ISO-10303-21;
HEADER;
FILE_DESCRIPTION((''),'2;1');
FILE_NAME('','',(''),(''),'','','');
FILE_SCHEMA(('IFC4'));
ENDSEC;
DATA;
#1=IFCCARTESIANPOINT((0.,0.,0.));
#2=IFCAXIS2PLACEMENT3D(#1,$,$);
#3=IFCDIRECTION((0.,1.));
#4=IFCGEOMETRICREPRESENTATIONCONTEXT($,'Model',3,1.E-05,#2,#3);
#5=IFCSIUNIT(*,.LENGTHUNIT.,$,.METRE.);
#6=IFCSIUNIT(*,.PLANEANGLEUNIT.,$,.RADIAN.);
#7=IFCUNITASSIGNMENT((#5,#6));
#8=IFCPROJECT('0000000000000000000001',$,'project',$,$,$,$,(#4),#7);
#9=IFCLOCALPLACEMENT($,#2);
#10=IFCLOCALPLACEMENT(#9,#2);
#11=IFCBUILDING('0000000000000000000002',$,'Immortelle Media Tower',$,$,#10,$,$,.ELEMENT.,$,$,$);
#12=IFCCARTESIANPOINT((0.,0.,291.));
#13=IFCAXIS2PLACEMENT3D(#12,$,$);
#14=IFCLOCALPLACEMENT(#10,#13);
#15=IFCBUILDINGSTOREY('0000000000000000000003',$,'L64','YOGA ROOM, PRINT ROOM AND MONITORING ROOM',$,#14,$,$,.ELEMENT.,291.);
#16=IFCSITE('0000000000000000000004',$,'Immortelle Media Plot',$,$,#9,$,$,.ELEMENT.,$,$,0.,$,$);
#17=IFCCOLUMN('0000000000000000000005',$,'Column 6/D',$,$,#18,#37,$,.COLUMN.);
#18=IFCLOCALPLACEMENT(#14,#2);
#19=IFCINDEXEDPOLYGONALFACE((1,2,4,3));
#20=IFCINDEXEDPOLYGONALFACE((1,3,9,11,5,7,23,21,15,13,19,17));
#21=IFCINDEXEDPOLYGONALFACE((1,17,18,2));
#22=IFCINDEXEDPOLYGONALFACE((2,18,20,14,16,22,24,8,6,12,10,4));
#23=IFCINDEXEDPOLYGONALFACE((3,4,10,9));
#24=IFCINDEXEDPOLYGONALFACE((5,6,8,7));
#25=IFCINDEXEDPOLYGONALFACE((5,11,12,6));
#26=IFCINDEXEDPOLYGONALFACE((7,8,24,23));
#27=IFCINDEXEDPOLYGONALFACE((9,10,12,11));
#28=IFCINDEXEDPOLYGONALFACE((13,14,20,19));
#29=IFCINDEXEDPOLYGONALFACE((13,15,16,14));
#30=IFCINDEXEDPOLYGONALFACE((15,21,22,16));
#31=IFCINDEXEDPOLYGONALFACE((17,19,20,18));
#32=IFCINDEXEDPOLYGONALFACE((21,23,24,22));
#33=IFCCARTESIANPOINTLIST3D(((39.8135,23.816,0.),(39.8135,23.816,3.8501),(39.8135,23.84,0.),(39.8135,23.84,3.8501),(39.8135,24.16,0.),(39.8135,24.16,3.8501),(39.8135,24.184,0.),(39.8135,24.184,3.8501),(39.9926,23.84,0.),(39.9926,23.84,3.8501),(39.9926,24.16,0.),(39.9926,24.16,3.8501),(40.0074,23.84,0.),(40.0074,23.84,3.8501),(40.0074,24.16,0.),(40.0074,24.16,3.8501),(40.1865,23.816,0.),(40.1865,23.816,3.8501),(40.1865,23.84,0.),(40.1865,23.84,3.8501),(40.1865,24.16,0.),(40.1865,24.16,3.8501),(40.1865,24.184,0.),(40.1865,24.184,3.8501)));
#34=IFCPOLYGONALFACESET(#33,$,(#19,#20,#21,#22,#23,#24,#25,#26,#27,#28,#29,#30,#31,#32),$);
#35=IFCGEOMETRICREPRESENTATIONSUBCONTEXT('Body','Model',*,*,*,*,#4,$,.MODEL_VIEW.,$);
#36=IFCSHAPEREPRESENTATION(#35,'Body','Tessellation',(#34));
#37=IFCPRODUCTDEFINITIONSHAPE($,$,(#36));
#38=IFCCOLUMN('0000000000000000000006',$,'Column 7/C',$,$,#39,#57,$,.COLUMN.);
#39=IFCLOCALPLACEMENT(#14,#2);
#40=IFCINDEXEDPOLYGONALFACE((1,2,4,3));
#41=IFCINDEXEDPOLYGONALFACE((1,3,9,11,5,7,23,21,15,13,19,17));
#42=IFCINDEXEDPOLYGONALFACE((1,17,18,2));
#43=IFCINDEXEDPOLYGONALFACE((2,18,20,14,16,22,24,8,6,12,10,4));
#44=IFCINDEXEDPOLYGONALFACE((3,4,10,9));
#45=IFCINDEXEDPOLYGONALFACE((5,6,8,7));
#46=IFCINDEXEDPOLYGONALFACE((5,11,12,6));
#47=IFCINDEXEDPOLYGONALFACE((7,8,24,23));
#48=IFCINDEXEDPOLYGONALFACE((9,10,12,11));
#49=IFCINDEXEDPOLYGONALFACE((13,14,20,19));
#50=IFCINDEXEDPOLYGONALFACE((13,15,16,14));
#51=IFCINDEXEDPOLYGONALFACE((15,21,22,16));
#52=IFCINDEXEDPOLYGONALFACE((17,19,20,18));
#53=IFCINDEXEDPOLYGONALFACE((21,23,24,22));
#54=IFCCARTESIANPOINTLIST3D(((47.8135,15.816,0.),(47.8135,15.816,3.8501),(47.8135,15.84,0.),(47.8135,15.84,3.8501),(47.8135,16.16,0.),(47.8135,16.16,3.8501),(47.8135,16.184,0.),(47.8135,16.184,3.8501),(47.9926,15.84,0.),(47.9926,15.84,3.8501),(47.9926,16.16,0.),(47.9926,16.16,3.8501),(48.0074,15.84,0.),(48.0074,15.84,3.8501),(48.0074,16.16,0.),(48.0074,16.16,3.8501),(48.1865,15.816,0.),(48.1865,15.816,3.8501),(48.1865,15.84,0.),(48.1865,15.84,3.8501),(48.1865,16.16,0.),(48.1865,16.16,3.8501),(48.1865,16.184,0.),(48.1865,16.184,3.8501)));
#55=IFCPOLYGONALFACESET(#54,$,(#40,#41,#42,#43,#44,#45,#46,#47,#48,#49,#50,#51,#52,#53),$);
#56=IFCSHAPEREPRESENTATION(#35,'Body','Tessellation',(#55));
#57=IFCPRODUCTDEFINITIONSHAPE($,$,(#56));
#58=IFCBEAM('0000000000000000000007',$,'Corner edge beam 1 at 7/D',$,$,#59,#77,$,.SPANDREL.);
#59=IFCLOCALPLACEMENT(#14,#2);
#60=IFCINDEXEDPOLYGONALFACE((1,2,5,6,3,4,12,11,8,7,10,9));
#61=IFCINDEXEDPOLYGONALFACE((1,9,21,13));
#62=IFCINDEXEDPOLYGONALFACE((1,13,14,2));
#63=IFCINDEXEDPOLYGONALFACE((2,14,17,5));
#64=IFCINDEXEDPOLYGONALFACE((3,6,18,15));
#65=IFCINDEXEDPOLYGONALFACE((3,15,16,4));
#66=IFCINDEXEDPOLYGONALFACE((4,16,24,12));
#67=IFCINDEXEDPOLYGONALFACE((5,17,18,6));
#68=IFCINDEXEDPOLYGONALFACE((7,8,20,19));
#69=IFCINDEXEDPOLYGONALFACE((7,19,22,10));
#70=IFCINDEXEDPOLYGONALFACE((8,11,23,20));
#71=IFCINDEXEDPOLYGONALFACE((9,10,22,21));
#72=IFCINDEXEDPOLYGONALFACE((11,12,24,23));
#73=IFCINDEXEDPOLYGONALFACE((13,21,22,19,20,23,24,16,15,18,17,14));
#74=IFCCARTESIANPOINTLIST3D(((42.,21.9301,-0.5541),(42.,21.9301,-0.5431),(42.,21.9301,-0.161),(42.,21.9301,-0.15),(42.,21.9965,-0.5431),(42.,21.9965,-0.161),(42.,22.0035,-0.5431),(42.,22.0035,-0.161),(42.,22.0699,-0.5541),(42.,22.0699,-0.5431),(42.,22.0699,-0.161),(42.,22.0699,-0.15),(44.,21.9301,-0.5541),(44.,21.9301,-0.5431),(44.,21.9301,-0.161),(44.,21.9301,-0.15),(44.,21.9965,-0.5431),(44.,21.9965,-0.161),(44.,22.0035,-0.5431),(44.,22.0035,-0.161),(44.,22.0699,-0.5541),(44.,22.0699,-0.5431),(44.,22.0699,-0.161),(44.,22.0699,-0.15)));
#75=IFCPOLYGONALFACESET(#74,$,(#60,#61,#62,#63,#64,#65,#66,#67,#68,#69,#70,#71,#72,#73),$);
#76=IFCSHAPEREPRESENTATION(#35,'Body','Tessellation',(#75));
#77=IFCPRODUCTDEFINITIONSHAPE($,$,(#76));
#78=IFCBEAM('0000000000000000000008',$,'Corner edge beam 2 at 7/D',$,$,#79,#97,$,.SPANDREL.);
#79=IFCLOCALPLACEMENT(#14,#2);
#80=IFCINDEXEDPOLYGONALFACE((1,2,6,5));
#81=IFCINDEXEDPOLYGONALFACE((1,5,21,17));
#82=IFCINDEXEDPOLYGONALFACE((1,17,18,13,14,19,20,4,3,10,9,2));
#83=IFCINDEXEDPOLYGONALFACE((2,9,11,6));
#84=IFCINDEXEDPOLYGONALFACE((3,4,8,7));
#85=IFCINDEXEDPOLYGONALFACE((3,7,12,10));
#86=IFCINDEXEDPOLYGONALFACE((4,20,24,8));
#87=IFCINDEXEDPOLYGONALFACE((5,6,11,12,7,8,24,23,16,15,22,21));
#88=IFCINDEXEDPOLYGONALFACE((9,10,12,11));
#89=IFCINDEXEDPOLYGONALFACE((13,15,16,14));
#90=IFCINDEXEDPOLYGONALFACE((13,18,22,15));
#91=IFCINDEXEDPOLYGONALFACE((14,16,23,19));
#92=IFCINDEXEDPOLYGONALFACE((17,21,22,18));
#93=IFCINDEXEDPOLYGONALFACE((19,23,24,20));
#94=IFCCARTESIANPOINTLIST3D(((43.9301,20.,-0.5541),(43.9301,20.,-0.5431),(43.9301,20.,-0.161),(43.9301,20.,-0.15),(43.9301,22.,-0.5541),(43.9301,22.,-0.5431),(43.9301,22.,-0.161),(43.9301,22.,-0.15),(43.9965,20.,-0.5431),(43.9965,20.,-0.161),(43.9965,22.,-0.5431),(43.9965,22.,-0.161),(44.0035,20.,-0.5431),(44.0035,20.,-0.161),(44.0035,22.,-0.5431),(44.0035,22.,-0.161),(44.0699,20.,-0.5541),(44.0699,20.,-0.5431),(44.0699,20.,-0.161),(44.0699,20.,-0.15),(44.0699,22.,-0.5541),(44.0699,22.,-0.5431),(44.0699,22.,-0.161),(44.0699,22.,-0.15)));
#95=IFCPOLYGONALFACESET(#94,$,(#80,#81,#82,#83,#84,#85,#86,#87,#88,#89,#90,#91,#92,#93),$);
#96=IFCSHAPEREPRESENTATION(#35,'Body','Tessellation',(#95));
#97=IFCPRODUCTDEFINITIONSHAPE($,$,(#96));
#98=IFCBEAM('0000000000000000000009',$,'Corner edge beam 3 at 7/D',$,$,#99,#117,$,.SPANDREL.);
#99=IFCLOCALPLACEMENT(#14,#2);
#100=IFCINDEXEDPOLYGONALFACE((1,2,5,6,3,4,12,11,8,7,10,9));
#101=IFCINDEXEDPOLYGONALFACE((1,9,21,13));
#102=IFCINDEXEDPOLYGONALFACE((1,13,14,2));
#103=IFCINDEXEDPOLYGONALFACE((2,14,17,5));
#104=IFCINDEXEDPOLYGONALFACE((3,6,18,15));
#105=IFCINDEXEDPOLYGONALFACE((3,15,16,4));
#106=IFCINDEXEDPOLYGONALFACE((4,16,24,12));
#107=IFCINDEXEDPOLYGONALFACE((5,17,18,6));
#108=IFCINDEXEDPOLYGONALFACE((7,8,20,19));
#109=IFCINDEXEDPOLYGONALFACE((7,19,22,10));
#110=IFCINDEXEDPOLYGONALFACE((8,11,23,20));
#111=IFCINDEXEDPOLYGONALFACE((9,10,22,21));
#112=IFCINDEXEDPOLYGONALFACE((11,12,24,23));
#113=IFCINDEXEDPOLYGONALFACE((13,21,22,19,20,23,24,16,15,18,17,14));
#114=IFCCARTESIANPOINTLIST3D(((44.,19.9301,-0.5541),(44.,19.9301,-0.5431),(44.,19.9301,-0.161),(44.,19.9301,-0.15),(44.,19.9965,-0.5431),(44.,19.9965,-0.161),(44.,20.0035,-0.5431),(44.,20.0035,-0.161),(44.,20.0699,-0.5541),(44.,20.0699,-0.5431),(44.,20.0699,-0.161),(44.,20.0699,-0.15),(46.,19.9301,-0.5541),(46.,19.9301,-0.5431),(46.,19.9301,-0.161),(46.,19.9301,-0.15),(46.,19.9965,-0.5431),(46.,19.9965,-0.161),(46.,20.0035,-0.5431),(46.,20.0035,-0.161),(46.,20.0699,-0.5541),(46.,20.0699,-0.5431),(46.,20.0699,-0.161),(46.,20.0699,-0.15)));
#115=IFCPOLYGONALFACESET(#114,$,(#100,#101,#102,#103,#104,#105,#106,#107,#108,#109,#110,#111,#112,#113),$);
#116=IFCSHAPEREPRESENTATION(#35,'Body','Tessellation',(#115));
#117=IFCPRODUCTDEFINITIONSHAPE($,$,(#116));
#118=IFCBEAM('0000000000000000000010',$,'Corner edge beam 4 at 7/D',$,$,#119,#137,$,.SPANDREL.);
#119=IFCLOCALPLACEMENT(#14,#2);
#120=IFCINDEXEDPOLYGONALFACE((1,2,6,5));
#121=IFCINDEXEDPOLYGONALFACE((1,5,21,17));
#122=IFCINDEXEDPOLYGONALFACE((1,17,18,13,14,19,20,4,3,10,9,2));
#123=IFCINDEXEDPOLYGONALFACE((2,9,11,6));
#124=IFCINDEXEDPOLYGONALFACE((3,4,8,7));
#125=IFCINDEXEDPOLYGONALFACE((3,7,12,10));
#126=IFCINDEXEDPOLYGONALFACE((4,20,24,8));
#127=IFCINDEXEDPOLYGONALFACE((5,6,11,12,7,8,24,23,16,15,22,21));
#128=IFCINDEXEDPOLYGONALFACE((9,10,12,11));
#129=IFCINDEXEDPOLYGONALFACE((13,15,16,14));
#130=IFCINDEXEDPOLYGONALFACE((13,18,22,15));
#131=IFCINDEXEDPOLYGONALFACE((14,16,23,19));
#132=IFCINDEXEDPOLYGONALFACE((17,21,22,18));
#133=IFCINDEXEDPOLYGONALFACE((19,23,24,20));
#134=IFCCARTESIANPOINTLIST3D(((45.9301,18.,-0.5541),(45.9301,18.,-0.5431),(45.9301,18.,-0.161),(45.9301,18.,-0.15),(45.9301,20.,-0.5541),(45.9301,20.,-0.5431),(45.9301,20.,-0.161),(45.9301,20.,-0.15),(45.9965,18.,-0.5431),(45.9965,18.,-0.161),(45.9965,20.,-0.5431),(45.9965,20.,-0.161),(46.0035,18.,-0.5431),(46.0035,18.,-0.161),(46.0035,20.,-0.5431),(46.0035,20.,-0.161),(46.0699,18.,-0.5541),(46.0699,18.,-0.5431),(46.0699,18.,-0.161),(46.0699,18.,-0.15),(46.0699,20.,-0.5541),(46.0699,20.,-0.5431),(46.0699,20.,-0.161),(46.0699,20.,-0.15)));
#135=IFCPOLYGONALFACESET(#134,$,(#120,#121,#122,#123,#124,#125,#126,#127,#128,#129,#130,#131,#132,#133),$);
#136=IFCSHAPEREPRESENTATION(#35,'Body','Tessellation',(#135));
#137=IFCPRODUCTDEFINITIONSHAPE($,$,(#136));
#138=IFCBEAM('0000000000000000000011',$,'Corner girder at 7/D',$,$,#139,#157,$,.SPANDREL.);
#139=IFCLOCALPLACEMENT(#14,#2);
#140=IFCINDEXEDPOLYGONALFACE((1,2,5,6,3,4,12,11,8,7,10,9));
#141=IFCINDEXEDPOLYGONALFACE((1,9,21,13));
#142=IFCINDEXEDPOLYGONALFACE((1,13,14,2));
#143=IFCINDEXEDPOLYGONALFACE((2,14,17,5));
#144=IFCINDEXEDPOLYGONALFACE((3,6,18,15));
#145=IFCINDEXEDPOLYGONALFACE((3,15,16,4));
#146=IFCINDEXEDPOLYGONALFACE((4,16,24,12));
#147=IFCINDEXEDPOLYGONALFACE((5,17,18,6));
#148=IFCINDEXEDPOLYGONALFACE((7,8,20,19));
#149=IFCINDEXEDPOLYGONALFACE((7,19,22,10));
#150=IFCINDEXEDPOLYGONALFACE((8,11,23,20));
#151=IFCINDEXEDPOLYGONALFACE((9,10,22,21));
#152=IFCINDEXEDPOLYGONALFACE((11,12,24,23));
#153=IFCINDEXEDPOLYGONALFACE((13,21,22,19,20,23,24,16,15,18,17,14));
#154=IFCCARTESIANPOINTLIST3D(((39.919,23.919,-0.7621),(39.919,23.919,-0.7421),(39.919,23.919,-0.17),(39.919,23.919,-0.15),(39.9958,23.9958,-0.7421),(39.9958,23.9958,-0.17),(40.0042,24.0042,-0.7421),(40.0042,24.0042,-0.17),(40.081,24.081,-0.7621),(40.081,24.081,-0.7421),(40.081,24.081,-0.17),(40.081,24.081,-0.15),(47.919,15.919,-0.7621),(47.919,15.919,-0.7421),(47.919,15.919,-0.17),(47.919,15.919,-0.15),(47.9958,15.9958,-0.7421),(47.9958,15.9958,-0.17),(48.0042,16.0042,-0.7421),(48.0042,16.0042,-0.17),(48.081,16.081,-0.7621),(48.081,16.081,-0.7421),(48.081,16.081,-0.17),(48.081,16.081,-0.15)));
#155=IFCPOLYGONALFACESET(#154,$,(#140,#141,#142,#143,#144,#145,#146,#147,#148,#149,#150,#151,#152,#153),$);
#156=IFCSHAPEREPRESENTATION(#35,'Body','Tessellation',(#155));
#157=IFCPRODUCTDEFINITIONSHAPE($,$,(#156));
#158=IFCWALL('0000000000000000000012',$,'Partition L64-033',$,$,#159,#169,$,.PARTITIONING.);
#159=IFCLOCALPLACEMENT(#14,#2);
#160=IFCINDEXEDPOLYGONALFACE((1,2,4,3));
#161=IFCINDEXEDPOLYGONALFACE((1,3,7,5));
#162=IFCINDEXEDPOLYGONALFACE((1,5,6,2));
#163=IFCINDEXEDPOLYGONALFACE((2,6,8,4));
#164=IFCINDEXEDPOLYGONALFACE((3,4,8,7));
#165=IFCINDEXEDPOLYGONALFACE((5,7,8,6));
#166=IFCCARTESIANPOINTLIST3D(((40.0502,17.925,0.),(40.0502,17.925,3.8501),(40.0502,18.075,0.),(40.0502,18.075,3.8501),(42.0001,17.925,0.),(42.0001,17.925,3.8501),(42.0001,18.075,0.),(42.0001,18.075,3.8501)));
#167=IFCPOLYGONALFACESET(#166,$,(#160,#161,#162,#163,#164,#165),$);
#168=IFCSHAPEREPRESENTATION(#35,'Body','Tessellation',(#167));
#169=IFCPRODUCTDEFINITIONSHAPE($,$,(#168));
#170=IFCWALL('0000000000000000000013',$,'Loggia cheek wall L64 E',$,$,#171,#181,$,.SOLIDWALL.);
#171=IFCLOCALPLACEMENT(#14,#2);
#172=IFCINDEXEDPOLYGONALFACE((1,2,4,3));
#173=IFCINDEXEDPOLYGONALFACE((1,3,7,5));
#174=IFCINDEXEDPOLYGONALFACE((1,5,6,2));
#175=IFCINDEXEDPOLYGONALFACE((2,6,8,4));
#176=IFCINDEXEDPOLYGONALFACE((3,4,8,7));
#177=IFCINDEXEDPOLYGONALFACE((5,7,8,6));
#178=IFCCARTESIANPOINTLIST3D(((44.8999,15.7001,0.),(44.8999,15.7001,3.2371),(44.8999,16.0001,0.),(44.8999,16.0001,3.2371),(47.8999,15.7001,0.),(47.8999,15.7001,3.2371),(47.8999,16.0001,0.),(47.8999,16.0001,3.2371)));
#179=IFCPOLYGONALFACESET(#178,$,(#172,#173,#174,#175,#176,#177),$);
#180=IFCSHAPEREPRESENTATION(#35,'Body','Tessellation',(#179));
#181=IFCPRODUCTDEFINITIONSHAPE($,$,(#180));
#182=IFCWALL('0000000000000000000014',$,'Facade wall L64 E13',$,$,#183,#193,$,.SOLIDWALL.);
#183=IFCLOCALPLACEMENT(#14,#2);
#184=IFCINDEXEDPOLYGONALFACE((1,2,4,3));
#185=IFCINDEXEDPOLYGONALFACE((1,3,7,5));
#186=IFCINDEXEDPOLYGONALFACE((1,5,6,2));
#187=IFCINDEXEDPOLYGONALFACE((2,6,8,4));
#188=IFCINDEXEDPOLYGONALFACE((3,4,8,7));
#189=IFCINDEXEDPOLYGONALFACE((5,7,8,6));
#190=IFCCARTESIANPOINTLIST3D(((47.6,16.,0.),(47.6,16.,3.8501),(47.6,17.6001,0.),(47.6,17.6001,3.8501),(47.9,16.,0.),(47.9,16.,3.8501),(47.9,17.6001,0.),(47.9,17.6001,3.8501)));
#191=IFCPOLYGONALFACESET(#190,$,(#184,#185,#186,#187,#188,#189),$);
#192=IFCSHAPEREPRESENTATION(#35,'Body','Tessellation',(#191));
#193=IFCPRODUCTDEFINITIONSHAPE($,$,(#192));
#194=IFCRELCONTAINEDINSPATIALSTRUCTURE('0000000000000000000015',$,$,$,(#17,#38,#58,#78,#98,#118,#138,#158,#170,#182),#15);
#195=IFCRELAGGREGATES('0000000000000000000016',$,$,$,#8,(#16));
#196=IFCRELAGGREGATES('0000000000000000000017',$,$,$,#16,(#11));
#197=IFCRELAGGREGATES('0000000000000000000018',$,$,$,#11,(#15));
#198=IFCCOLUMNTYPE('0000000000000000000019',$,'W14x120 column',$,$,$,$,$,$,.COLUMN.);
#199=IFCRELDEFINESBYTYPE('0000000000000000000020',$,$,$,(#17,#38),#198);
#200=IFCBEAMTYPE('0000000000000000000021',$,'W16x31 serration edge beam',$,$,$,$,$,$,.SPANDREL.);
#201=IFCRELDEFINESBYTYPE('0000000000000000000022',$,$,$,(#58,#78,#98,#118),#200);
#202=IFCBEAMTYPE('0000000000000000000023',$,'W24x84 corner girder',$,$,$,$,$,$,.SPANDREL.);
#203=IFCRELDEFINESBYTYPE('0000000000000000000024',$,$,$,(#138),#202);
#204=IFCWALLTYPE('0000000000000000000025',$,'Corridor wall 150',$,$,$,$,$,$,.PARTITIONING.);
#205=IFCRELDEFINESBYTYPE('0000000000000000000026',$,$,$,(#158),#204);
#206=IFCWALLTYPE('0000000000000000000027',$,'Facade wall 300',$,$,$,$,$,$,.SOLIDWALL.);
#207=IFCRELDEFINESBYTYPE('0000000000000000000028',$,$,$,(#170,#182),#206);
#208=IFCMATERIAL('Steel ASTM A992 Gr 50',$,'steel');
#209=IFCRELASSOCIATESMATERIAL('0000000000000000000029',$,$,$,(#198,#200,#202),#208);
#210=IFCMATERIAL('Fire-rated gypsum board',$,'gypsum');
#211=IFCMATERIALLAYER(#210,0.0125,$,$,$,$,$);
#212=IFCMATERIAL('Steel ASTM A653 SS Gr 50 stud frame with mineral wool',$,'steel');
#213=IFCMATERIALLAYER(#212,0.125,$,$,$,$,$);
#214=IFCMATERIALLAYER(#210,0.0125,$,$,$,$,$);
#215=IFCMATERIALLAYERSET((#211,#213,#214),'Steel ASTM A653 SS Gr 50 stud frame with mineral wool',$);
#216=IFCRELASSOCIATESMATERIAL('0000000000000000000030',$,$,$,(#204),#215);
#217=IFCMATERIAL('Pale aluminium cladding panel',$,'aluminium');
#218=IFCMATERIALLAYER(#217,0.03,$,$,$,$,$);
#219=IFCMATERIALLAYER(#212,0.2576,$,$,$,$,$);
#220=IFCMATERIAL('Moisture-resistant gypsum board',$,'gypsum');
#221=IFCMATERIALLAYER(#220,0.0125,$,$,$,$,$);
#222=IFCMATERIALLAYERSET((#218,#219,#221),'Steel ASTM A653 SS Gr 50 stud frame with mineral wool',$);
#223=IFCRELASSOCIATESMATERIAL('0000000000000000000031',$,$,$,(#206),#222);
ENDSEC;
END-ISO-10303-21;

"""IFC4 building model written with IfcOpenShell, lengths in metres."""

from ifc_helpers import new_model, si_unit, direction, frame, frame_2d, origin, origin_2d, place, context, subcontext, project, spatial, rectangle, i_section, extrude, material, layer, layer_set, material_profile, profile_set, type_object, element, save


model = new_model("IFC4")

# Units and contexts
model_context = context("Model", 3, precision=1e-05, world=origin(), true_north=direction((0.0, 1.0)))
body_context = subcontext(model_context, "Body", "Model", "MODEL_VIEW")
ifc_project = project(units=[si_unit("LENGTHUNIT", "METRE"), si_unit("PLANEANGLEUNIT", "RADIAN")], contexts=[model_context])

# Site, building, storey
site_placement = place(None, origin())
site = spatial("IfcSite", under=ifc_project, at=site_placement, Name="Immortelle Media Plot", CompositionType="ELEMENT", RefElevation=0.0)
building_placement = place(site_placement, origin())
building = spatial("IfcBuilding", under=site, at=building_placement, Name="Immortelle Media Tower", CompositionType="ELEMENT")
storey_placement = place(building_placement, frame((0.0, 0.0, 291.0)))
storey = spatial("IfcBuildingStorey", under=building, at=storey_placement, Name="L64", Description="YOGA ROOM, PRINT ROOM AND MONITORING ROOM", CompositionType="ELEMENT", Elevation=291.0)

# Columns
ifc_material_1 = material(Name="Steel ASTM A992 Gr 50", Category="steel")
ifc_material_profile_1 = material_profile(ifc_material_1, i_section(OverallWidth=0.373, OverallDepth=0.3679, WebThickness=0.0149, FlangeThickness=0.0239, at=origin_2d()), Name="W14x120")
ifc_profile_set_1 = profile_set([ifc_material_profile_1], Name="Steel ASTM A992 Gr 50")
column_type = type_object("IfcColumnType", Name="W14x120 column", PredefinedType="COLUMN", material=ifc_profile_set_1)
for number, where, z_axis, x_axis, name in (
    (1, (40.0, 24.0, 0.0), (0.0, 0.0, 1.0), (1.0, 0.0, 0.0), "Column 6/D"),
    (2, (48.0, 16.0, 0.0), (0.0, 0.0, 1.0), (1.0, 0.0, 0.0), "Column 7/C"),
):
    element("IfcColumn", number, at=place(storey_placement, frame(where, z_axis=z_axis, x_axis=x_axis)), inside=storey, type_object=column_type, Name=name, PredefinedType="COLUMN", context=body_context, shape_type="SweptSolid", body=[
        extrude(i_section(OverallWidth=0.373, OverallDepth=0.3679, WebThickness=0.0149, FlangeThickness=0.0239, at=origin_2d()), origin(), (0.0, 0.0, 1.0), 3.8501),
    ])

# Beams
ifc_material_profile_2 = material_profile(ifc_material_1, i_section(OverallWidth=0.1399, OverallDepth=0.4041, WebThickness=0.0071, FlangeThickness=0.011, at=origin_2d()), Name="W16x31")
ifc_profile_set_2 = profile_set([ifc_material_profile_2], Name="Steel ASTM A992 Gr 50")
beam_type_1 = type_object("IfcBeamType", Name="W16x31 serration edge beam", PredefinedType="SPANDREL", material=ifc_profile_set_2)
for number, where, z_axis, x_axis, name in (
    (3, (42.0, 22.0, -0.3521), (1.0, 0.0, 0.0), (0.0, 1.0, 0.0), "Corner edge beam 1 at 7/D"),
    (4, (44.0, 22.0, -0.3521), (0.0, -1.0, 0.0), (1.0, 0.0, 0.0), "Corner edge beam 2 at 7/D"),
    (5, (44.0, 20.0, -0.3521), (1.0, 0.0, 0.0), (0.0, 1.0, 0.0), "Corner edge beam 3 at 7/D"),
    (6, (46.0, 20.0, -0.3521), (0.0, -1.0, 0.0), (1.0, 0.0, 0.0), "Corner edge beam 4 at 7/D"),
):
    element("IfcBeam", number, at=place(storey_placement, frame(where, z_axis=z_axis, x_axis=x_axis)), inside=storey, type_object=beam_type_1, Name=name, PredefinedType="SPANDREL", context=body_context, shape_type="SweptSolid", body=[
        extrude(i_section(OverallWidth=0.1399, OverallDepth=0.4041, WebThickness=0.0071, FlangeThickness=0.011, at=origin_2d()), origin(), (0.0, 0.0, 1.0), 2.0),
    ])
ifc_material_profile_3 = material_profile(ifc_material_1, i_section(OverallWidth=0.229, OverallDepth=0.6121, WebThickness=0.012, FlangeThickness=0.02, at=origin_2d()), Name="W24x84")
ifc_profile_set_3 = profile_set([ifc_material_profile_3], Name="Steel ASTM A992 Gr 50")
beam_type_2 = type_object("IfcBeamType", Name="W24x84 corner girder", PredefinedType="SPANDREL", material=ifc_profile_set_3)
beam_placement = place(storey_placement, frame((40.0, 24.0, -0.4561), z_axis=(0.707107, -0.707107, 0.0), x_axis=(0.707107, 0.707107, 0.0)))
element("IfcBeam", 7, at=beam_placement, inside=storey, type_object=beam_type_2, Name="Corner girder at 7/D", PredefinedType="SPANDREL", context=body_context, shape_type="SweptSolid", body=[
    extrude(i_section(OverallWidth=0.229, OverallDepth=0.6121, WebThickness=0.012, FlangeThickness=0.02, at=origin_2d()), origin(), (0.0, 0.0, 1.0), 11.3137),
])

# Walls
ifc_material_2 = material(Name="Fire-rated gypsum board", Category="gypsum")
ifc_layer_1 = layer(ifc_material_2, 0.0125)
ifc_material_3 = material(Name="Steel ASTM A653 SS Gr 50 stud frame with mineral wool", Category="steel")
ifc_layer_2 = layer(ifc_material_3, 0.125)
ifc_layer_3 = layer(ifc_material_2, 0.0125)
ifc_layer_set_1 = layer_set([ifc_layer_1, ifc_layer_2, ifc_layer_3], Name="Steel ASTM A653 SS Gr 50 stud frame with mineral wool")
wall_type_1 = type_object("IfcWallType", Name="Corridor wall 150", PredefinedType="PARTITIONING", material=ifc_layer_set_1)
wall_1_placement = place(storey_placement, frame((40.05, 18.0, 0.0), z_axis=(0.0, 0.0, 1.0), x_axis=(1.0, 0.0, 0.0)))
element("IfcWall", 8, at=wall_1_placement, inside=storey, type_object=wall_type_1, Name="Partition L64-033", PredefinedType="PARTITIONING", context=body_context, shape_type="SweptSolid", body=[
    extrude(rectangle(XDim=1.95, YDim=0.1499, at=frame_2d((0.9751, 0.0))), origin(), (0.0, 0.0, 1.0), 3.8501),
])
ifc_material_4 = material(Name="Pale aluminium cladding panel", Category="aluminium")
ifc_layer_4 = layer(ifc_material_4, 0.03)
ifc_layer_5 = layer(ifc_material_3, 0.2576)
ifc_material_5 = material(Name="Moisture-resistant gypsum board", Category="gypsum")
ifc_layer_6 = layer(ifc_material_5, 0.0125)
ifc_layer_set_2 = layer_set([ifc_layer_4, ifc_layer_5, ifc_layer_6], Name="Steel ASTM A653 SS Gr 50 stud frame with mineral wool")
wall_type_2 = type_object("IfcWallType", Name="Facade wall 300", PredefinedType="SOLIDWALL", material=ifc_layer_set_2)
wall_2_placement = place(storey_placement, frame((47.8999, 15.8501, 0.0), z_axis=(0.0, 0.0, 1.0), x_axis=(-1.0, 0.0, 0.0)))
element("IfcWall", 9, at=wall_2_placement, inside=storey, type_object=wall_type_2, Name="Loggia cheek wall L64 E", PredefinedType="SOLIDWALL", context=body_context, shape_type="SweptSolid", body=[
    extrude(rectangle(XDim=3.0, YDim=0.3, at=frame_2d((1.5, 0.0))), origin(), (0.0, 0.0, 1.0), 3.2371),
])
wall_3_placement = place(storey_placement, frame((47.75, 16.0, 0.0), z_axis=(0.0, 0.0, 1.0), x_axis=(0.0, 1.0, 0.0)))
element("IfcWall", 10, at=wall_3_placement, inside=storey, type_object=wall_type_2, Name="Facade wall L64 E13", PredefinedType="SOLIDWALL", context=body_context, shape_type="SweptSolid", body=[
    extrude(rectangle(XDim=1.6001, YDim=0.3, at=frame_2d((0.8, 0.0))), origin(), (0.0, 0.0, 1.0), 3.8501),
])

save(model, "model.ifc")
